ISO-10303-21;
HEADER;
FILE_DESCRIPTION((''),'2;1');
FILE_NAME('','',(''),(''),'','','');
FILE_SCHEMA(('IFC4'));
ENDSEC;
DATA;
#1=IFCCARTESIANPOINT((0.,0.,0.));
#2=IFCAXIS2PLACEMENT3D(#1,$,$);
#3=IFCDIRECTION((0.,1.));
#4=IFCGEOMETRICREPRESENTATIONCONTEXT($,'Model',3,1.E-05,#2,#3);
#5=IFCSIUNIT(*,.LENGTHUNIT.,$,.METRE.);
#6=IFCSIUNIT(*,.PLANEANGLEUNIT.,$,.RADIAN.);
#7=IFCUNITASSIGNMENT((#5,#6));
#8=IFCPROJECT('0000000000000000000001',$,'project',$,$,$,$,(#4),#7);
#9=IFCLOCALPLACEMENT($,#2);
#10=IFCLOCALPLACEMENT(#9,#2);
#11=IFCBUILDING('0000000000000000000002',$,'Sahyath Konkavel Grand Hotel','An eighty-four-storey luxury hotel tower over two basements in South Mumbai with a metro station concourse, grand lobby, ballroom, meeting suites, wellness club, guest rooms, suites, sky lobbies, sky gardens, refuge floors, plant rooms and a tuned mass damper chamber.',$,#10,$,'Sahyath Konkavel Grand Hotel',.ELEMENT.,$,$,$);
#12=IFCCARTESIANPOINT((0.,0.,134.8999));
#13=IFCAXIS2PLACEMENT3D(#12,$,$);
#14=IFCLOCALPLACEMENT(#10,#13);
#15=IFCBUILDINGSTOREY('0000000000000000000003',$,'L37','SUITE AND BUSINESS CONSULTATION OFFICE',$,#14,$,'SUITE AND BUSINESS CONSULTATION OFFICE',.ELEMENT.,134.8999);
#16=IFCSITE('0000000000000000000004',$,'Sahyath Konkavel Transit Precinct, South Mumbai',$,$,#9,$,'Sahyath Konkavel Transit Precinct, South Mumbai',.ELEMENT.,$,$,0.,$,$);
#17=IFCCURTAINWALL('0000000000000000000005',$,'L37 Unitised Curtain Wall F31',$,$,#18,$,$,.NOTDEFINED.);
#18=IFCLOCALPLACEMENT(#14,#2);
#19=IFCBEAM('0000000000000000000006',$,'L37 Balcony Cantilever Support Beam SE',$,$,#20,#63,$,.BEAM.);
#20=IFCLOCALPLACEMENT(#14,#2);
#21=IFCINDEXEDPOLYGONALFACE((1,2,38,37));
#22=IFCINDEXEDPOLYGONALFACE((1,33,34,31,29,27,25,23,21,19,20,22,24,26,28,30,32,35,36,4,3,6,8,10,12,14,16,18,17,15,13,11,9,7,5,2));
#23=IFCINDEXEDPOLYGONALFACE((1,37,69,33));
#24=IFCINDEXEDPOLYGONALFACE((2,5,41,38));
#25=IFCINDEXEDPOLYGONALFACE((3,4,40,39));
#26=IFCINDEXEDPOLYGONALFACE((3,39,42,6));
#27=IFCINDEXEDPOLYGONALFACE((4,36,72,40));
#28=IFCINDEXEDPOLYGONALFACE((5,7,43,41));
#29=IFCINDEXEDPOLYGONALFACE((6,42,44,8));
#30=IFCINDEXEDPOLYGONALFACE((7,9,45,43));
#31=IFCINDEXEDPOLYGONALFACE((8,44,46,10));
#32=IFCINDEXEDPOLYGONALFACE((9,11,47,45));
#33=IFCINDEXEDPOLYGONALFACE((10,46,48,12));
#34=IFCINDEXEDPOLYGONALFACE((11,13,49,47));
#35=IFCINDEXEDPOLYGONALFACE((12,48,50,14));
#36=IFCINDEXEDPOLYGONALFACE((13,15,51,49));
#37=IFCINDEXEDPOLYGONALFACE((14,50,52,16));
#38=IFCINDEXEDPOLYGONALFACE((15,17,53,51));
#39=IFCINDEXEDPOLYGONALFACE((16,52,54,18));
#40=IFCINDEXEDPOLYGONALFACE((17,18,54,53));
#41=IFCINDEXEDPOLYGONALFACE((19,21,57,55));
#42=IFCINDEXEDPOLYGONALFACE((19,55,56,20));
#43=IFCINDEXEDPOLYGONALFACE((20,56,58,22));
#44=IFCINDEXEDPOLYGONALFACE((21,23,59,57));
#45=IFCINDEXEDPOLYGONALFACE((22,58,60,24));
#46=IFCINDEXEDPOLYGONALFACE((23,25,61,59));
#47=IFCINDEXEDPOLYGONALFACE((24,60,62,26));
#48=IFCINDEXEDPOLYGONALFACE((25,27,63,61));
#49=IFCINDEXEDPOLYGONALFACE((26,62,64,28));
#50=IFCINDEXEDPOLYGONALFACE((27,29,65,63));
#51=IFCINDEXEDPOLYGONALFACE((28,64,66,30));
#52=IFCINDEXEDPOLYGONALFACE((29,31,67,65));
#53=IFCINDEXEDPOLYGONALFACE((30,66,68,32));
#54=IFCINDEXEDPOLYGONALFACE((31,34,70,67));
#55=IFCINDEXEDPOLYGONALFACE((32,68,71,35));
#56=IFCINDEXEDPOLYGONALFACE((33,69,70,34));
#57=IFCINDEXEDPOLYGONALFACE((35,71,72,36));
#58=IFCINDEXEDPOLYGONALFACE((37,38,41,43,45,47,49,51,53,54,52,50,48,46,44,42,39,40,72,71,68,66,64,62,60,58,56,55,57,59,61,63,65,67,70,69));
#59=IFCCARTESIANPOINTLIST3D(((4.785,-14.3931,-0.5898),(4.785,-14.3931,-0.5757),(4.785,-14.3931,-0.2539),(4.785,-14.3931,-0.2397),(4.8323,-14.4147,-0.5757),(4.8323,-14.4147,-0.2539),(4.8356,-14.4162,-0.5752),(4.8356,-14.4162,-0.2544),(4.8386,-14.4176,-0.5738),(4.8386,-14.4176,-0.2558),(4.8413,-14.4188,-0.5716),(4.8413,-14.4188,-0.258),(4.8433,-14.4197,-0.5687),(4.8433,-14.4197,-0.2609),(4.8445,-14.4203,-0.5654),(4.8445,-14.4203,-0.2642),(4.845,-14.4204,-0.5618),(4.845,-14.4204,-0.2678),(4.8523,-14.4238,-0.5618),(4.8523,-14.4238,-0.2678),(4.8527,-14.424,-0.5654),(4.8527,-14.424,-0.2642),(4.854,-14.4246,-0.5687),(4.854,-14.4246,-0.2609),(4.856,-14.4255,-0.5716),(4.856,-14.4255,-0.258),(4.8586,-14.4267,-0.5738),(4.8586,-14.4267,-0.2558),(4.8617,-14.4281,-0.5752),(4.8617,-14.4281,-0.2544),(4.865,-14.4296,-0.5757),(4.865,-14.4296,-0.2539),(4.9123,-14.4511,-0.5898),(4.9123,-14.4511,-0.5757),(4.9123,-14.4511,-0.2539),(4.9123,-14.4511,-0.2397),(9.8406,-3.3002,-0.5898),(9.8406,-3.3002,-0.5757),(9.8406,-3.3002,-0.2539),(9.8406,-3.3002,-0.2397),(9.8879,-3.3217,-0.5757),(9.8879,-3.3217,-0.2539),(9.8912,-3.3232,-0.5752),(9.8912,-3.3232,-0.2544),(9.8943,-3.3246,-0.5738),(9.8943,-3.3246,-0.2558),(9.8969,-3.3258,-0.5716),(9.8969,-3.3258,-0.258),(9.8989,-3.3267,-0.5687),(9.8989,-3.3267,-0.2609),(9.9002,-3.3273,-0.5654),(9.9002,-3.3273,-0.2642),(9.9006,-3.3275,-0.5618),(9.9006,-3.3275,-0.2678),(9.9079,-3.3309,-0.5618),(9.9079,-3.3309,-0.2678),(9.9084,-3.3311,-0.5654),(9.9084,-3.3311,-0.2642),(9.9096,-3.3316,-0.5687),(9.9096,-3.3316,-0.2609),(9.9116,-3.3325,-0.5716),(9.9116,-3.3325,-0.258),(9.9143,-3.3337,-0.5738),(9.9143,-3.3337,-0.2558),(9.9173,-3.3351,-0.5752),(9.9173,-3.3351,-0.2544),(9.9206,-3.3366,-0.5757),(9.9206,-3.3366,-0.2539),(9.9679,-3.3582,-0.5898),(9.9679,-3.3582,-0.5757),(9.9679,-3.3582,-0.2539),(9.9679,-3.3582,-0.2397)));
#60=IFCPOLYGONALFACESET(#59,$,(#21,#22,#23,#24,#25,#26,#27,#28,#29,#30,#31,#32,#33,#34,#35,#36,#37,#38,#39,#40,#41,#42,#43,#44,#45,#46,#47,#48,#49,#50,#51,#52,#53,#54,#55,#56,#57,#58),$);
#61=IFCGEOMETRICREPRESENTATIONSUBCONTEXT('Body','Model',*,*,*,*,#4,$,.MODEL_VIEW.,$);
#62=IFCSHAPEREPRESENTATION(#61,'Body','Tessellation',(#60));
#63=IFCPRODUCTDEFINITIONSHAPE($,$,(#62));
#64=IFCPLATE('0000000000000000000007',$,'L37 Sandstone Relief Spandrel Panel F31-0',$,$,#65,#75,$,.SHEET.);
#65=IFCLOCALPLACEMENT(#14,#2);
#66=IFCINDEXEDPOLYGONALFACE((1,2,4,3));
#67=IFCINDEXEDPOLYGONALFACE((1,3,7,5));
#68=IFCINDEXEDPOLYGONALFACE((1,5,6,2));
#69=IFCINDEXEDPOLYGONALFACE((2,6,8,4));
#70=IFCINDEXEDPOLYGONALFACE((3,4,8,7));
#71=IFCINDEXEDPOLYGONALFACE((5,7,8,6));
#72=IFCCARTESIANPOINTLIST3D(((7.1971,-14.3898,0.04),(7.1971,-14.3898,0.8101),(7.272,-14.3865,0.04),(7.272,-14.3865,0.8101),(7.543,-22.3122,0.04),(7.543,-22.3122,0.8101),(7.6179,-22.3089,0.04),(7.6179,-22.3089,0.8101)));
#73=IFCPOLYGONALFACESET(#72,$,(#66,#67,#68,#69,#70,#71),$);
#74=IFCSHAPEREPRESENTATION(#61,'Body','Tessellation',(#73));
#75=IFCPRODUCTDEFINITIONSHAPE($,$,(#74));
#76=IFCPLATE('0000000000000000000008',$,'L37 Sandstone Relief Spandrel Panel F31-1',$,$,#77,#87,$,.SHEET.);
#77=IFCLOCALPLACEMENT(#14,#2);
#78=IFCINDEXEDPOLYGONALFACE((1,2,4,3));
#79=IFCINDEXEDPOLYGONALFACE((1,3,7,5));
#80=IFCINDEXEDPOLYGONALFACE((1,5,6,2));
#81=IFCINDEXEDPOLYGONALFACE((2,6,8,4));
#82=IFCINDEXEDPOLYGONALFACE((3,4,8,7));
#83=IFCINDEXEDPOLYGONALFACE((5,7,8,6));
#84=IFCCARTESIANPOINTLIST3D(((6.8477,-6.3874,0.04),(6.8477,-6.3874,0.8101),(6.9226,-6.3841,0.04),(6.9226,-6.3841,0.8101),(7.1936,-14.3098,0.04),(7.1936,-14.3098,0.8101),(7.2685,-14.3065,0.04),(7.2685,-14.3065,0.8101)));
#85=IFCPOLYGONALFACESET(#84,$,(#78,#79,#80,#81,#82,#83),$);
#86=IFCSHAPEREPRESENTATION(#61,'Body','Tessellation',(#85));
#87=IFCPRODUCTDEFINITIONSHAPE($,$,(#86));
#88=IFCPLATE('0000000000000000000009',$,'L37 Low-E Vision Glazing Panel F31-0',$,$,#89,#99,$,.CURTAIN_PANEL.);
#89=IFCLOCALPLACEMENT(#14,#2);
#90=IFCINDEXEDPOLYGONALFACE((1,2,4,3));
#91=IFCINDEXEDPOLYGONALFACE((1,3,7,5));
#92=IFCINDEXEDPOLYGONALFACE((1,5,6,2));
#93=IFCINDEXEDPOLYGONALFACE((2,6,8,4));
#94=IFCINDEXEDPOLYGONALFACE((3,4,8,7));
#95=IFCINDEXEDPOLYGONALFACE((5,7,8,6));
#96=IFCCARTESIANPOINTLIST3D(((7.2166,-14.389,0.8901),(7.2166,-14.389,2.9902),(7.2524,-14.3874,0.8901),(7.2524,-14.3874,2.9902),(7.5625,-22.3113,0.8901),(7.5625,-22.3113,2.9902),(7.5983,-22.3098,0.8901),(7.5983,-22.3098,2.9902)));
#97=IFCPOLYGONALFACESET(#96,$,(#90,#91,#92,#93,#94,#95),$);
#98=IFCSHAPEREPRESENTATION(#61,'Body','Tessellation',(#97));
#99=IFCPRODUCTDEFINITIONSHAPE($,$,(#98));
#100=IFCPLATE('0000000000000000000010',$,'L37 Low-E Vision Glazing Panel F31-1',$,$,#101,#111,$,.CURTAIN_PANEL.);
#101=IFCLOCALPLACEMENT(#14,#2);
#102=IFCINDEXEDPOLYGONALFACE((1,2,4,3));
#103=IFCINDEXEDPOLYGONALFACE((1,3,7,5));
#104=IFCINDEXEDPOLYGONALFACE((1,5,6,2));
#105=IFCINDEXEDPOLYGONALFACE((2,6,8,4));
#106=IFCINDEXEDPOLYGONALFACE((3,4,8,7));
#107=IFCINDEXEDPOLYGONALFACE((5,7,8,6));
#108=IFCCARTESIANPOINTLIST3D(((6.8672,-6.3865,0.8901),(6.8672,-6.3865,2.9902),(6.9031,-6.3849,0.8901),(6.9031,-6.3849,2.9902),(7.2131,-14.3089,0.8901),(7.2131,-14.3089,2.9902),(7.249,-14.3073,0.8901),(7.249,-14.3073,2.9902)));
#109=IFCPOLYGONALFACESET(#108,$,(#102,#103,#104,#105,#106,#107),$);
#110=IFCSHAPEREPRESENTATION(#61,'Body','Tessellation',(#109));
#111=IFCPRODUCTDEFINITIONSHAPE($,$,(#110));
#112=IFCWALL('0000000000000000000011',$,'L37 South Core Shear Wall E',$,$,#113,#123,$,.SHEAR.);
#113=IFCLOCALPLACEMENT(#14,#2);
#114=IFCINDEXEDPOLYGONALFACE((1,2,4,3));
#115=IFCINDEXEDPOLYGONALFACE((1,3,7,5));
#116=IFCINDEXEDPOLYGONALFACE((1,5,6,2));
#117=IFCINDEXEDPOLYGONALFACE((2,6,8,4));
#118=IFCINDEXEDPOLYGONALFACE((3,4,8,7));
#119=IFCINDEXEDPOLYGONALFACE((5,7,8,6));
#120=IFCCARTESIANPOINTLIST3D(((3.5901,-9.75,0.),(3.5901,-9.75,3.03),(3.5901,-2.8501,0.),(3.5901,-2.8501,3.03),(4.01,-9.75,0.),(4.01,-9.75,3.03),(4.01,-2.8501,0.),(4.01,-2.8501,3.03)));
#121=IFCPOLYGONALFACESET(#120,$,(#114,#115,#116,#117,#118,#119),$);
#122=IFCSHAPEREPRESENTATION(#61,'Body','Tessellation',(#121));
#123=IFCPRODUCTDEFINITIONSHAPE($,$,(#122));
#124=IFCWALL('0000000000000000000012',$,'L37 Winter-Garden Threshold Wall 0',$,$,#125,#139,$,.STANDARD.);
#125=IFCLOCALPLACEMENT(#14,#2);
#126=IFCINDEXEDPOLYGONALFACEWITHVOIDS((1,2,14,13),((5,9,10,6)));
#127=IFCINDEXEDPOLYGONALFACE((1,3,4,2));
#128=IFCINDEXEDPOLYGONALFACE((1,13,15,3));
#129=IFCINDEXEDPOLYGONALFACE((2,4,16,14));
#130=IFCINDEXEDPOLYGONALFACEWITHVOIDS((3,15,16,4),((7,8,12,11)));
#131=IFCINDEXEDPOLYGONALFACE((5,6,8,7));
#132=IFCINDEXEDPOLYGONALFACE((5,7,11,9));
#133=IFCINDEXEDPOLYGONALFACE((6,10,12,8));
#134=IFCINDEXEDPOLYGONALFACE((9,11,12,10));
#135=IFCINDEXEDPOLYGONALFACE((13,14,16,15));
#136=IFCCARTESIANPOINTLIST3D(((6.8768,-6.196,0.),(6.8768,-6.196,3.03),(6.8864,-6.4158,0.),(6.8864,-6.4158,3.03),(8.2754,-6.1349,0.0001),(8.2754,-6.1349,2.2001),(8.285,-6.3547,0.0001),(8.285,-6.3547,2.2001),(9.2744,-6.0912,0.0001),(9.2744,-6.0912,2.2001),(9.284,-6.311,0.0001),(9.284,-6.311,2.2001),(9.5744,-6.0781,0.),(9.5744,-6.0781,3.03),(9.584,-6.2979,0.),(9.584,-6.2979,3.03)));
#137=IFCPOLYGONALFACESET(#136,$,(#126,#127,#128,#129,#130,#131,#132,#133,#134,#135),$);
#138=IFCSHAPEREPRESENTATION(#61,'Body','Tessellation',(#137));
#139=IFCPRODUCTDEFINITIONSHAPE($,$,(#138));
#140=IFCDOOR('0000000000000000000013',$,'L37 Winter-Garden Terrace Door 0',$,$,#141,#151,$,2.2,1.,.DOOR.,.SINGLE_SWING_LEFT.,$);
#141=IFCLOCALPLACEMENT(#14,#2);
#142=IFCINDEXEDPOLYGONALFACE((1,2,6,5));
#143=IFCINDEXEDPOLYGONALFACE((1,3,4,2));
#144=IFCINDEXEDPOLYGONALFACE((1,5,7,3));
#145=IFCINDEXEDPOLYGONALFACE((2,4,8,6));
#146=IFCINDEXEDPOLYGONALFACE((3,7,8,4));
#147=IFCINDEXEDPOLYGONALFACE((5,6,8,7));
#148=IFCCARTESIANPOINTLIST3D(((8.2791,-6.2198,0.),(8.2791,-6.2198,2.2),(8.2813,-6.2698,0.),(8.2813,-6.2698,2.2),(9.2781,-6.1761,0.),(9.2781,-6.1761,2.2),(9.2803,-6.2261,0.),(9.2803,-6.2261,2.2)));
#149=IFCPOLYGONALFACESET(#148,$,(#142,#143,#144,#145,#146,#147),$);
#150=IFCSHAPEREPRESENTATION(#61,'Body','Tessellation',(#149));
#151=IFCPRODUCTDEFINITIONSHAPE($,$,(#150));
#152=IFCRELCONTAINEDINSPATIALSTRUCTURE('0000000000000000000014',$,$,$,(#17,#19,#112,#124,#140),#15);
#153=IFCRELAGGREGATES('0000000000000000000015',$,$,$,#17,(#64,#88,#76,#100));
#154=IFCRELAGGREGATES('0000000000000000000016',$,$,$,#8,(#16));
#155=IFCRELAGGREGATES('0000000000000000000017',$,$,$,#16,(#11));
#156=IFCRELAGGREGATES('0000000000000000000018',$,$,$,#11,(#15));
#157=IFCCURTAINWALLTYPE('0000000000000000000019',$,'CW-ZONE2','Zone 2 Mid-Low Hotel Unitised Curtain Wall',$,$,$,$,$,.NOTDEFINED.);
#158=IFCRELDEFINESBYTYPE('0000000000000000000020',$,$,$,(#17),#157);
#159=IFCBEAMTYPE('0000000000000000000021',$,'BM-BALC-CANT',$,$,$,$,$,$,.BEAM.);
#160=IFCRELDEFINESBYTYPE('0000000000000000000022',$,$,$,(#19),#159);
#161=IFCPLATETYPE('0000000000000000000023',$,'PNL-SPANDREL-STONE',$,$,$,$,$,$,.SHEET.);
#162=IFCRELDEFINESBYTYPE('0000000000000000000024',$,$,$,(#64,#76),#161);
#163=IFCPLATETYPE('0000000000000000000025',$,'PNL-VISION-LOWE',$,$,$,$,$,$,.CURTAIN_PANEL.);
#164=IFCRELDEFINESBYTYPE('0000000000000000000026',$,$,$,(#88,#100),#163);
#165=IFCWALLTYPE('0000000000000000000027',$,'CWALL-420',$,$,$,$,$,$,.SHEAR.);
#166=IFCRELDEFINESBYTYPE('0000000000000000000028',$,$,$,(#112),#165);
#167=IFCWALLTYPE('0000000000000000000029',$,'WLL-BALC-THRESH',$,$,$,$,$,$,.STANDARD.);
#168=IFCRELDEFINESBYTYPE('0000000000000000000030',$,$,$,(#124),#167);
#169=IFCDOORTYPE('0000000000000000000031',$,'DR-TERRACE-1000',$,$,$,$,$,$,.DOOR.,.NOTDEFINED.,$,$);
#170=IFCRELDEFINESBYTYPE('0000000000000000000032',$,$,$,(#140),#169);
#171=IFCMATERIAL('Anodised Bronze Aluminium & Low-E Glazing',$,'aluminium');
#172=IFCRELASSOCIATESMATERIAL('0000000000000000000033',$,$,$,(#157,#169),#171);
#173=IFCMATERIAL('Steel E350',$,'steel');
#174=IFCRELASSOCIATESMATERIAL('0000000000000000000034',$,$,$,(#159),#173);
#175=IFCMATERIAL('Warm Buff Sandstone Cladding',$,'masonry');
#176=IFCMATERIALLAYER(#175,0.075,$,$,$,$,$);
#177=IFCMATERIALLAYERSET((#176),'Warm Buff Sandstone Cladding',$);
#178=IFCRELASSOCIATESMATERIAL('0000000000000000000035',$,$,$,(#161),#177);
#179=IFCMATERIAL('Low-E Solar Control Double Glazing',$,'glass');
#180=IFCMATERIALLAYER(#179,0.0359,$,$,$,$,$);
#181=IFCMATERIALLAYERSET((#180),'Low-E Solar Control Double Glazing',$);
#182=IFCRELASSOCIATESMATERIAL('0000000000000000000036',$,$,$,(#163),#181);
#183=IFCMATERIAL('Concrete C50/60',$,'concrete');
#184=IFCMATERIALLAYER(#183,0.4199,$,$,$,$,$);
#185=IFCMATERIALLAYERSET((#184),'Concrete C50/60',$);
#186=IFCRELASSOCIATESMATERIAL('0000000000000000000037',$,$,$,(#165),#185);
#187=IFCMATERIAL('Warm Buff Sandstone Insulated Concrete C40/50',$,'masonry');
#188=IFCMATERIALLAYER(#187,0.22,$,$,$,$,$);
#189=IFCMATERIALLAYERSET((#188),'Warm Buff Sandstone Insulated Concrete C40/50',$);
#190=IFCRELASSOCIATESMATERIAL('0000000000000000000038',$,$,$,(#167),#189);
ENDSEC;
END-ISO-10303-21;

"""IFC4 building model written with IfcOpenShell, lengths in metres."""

from ifc_helpers import new_model, si_unit, direction, frame, frame_2d, origin, origin_2d, place, context, subcontext, project, spatial, rectangle, i_section, extrude, source, transform, mapped, material, layer, layer_set, material_profile, profile_set, type_object, element, fill, aggregate, save


model = new_model("IFC4")

# Units and contexts
model_context = context("Model", 3, precision=1e-05, world=origin(), true_north=direction((0.0, 1.0)))
body_context = subcontext(model_context, "Body", "Model", "MODEL_VIEW")
ifc_project = project(units=[si_unit("LENGTHUNIT", "METRE"), si_unit("PLANEANGLEUNIT", "RADIAN")], contexts=[model_context])

# Site, building, storey
site_placement = place(None, origin())
site = spatial("IfcSite", under=ifc_project, at=site_placement, Name="Sahyath Konkavel Transit Precinct, South Mumbai", LongName="Sahyath Konkavel Transit Precinct, South Mumbai", CompositionType="ELEMENT", RefElevation=0.0)
building_placement = place(site_placement, origin())
building = spatial("IfcBuilding", under=site, at=building_placement, Name="Sahyath Konkavel Grand Hotel", Description="An eighty-four-storey luxury hotel tower over two basements in South Mumbai with a metro station concourse, grand lobby, ballroom, meeting suites, wellness club, guest rooms, suites, sky lobbies, sky gardens, refuge floors, plant rooms and a tuned mass damper chamber.", LongName="Sahyath Konkavel Grand Hotel", CompositionType="ELEMENT")
storey_placement = place(building_placement, frame((0.0, 0.0, 134.8999)))
storey = spatial("IfcBuildingStorey", under=building, at=storey_placement, Name="L37", Description="SUITE AND BUSINESS CONSULTATION OFFICE", LongName="SUITE AND BUSINESS CONSULTATION OFFICE", CompositionType="ELEMENT", Elevation=134.8999)

# Shared definitions
ifc_material_1 = material(Name="Steel E350", Category="steel")

# Curtain wall
ifc_material_2 = material(Name="Anodised Bronze Aluminium & Low-E Glazing", Category="aluminium")
curtain_wall_type = type_object("IfcCurtainWallType", Name="CW-ZONE2", Description="Zone 2 Mid-Low Hotel Unitised Curtain Wall", PredefinedType="NOTDEFINED", material=ifc_material_2)
curtain_wall_placement = place(storey_placement, origin())
curtain_wall = element("IfcCurtainWall", 1, at=curtain_wall_placement, inside=storey, type_object=curtain_wall_type, Name="L37 Unitised Curtain Wall F31", PredefinedType="NOTDEFINED")

# Beam
ifc_material_profile_1 = material_profile(ifc_material_1, i_section(OverallWidth=0.1399, OverallDepth=0.3501, WebThickness=0.0081, FlangeThickness=0.0142, FilletRadius=0.0139, at=origin_2d()), Name="ISMB 350")
ifc_profile_set_1 = profile_set([ifc_material_profile_1], Name="Steel E350")
beam_type_1 = type_object("IfcBeamType", Name="BM-BALC-CANT", PredefinedType="BEAM", material=ifc_profile_set_1)
shared_shape_1 = source(origin(), body_context, "Body", "SweptSolid", [
    extrude(i_section(OverallWidth=0.1399, OverallDepth=0.3501, WebThickness=0.0081, FlangeThickness=0.0142, FilletRadius=0.0139, at=origin_2d()), origin(), (0.0, 0.0, 1.0), 12.1907),
])
beam_1_placement = place(storey_placement, frame((4.8486, -14.4221, -0.4148), z_axis=(0.414713, 0.909952, 0.0), x_axis=(-0.909952, 0.414713, 0.0)))
element("IfcBeam", 2, at=beam_1_placement, inside=storey, type_object=beam_type_1, Name="L37 Balcony Cantilever Support Beam SE", PredefinedType="BEAM", context=body_context, shape_type="MappedRepresentation", body=[
    mapped(shared_shape_1, transform((0.0, 0.0, 0.0), scale=1.0)),
])

# Plates
ifc_material_3 = material(Name="Warm Buff Sandstone Cladding", Category="masonry")
ifc_layer_1 = layer(ifc_material_3, 0.075)
ifc_layer_set_1 = layer_set([ifc_layer_1], Name="Warm Buff Sandstone Cladding")
plate_type_1 = type_object("IfcPlateType", Name="PNL-SPANDREL-STONE", PredefinedType="SHEET", material=ifc_layer_set_1)
shared_shape_2 = source(origin(), body_context, "Body", "SweptSolid", [
    extrude(rectangle(XDim=7.9299, YDim=0.075, at=origin_2d()), origin(), (0.0, 0.0, 1.0), 0.77),
])
plate_1_placement = place(storey_placement, frame((7.4075, -18.3494, 0.04), z_axis=(0.0, 0.0, 1.0), x_axis=(-0.043619, 0.999048, 0.0)))
plate_1 = element("IfcPlate", 3, at=plate_1_placement, type_object=plate_type_1, Name="L37 Sandstone Relief Spandrel Panel F31-0", PredefinedType="SHEET", context=body_context, shape_type="MappedRepresentation", body=[
    mapped(shared_shape_2, transform((0.0, 0.0, 0.0), scale=1.0)),
])
plate_2_placement = place(storey_placement, frame((7.0581, -10.3469, 0.04), z_axis=(0.0, 0.0, 1.0), x_axis=(-0.043619, 0.999048, 0.0)))
plate_2 = element("IfcPlate", 4, at=plate_2_placement, type_object=plate_type_1, Name="L37 Sandstone Relief Spandrel Panel F31-1", PredefinedType="SHEET", context=body_context, shape_type="MappedRepresentation", body=[
    mapped(shared_shape_2, transform((0.0, 0.0, 0.0), scale=1.0)),
])
ifc_material_4 = material(Name="Low-E Solar Control Double Glazing", Category="glass")
ifc_layer_2 = layer(ifc_material_4, 0.0359)
ifc_layer_set_2 = layer_set([ifc_layer_2], Name="Low-E Solar Control Double Glazing")
plate_type_2 = type_object("IfcPlateType", Name="PNL-VISION-LOWE", PredefinedType="CURTAIN_PANEL", material=ifc_layer_set_2)
shared_shape_3 = source(origin(), body_context, "Body", "SweptSolid", [
    extrude(rectangle(XDim=7.9299, YDim=0.0359, at=origin_2d()), origin(), (0.0, 0.0, 1.0), 2.1001),
])
plate_3_placement = place(storey_placement, frame((7.4075, -18.3494, 0.8901), z_axis=(0.0, 0.0, 1.0), x_axis=(-0.043619, 0.999048, 0.0)))
plate_3 = element("IfcPlate", 5, at=plate_3_placement, type_object=plate_type_2, Name="L37 Low-E Vision Glazing Panel F31-0", PredefinedType="CURTAIN_PANEL", context=body_context, shape_type="MappedRepresentation", body=[
    mapped(shared_shape_3, transform((0.0, 0.0, 0.0), scale=1.0)),
])
plate_4_placement = place(storey_placement, frame((7.0581, -10.3469, 0.8901), z_axis=(0.0, 0.0, 1.0), x_axis=(-0.043619, 0.999048, 0.0)))
plate_4 = element("IfcPlate", 6, at=plate_4_placement, type_object=plate_type_2, Name="L37 Low-E Vision Glazing Panel F31-1", PredefinedType="CURTAIN_PANEL", context=body_context, shape_type="MappedRepresentation", body=[
    mapped(shared_shape_3, transform((0.0, 0.0, 0.0), scale=1.0)),
])
aggregate(curtain_wall, [plate_1, plate_3, plate_2, plate_4])

# Wall
ifc_material_5 = material(Name="Concrete C50/60", Category="concrete")
ifc_layer_3 = layer(ifc_material_5, 0.4199)
ifc_layer_set_3 = layer_set([ifc_layer_3], Name="Concrete C50/60")
wall_type_1 = type_object("IfcWallType", Name="CWALL-420", PredefinedType="SHEAR", material=ifc_layer_set_3)
wall_1_placement = place(storey_placement, frame((3.8, -9.75, 0.0), z_axis=(0.0, 0.0, 1.0), x_axis=(0.0, 1.0, 0.0)))
element("IfcWall", 7, at=wall_1_placement, inside=storey, type_object=wall_type_1, Name="L37 South Core Shear Wall E", PredefinedType="SHEAR", context=body_context, shape_type="SweptSolid", body=[
    extrude(rectangle(XDim=6.8999, YDim=0.4199, at=frame_2d((3.45, 0.0))), origin(), (0.0, 0.0, 1.0), 3.03),
])

# Wall, opening, door
ifc_material_6 = material(Name="Warm Buff Sandstone Insulated Concrete C40/50", Category="masonry")
ifc_layer_4 = layer(ifc_material_6, 0.22)
ifc_layer_set_4 = layer_set([ifc_layer_4], Name="Warm Buff Sandstone Insulated Concrete C40/50")
wall_type_2 = type_object("IfcWallType", Name="WLL-BALC-THRESH", PredefinedType="STANDARD", material=ifc_layer_set_4)
wall_2_placement = place(storey_placement, frame((6.8816, -6.3059, 0.0), z_axis=(0.0, 0.0, 1.0), x_axis=(0.999046, 0.043673, 0.0)))
wall_2 = element("IfcWall", 8, at=wall_2_placement, inside=storey, type_object=wall_type_2, Name="L37 Winter-Garden Threshold Wall 0", PredefinedType="STANDARD", context=body_context, shape_type="SweptSolid", body=[
    extrude(rectangle(XDim=2.7002, YDim=0.22, at=frame_2d((1.3501, 0.0))), origin(), (0.0, 0.0, 1.0), 3.03),
])
opening_1_placement = place(wall_2_placement, frame((1.3999, 0.0, 0.0)))
opening_1 = element("IfcOpeningElement", 9, at=opening_1_placement, cuts=wall_2, PredefinedType="OPENING", context=body_context, shape_type="SweptSolid", body=[
    extrude(rectangle(XDim=1.0, YDim=2.2, at=frame_2d((0.5, 1.1001))), frame((0.0, 0.1201, 0.0), z_axis=(0.0, -1.0, 0.0), x_axis=(1.0, 0.0, 0.0)), (0.0, 0.0, 1.0), 0.24),
])
door_type_1 = type_object("IfcDoorType", Name="DR-TERRACE-1000", OperationType="NOTDEFINED", PredefinedType="DOOR", material=ifc_material_2)
shared_shape_4 = source(origin(), body_context, "Body", "SweptSolid", [
    extrude(rectangle(XDim=1.0, YDim=0.05, at=origin_2d()), origin(), (0.0, 0.0, 1.0), 2.2),
])
door_1_placement = place(opening_1_placement, frame((0.5, 0.0, 0.0)))
door_1 = element("IfcDoor", 10, at=door_1_placement, inside=storey, type_object=door_type_1, Name="L37 Winter-Garden Terrace Door 0", OperationType="SINGLE_SWING_LEFT", OverallHeight=2.2, OverallWidth=1.0, PredefinedType="DOOR", context=body_context, shape_type="MappedRepresentation", body=[
    mapped(shared_shape_4, transform((0.0, 0.0, 0.0), scale=1.0)),
])
fill(opening_1, door_1)

save(model, "model.ifc")
